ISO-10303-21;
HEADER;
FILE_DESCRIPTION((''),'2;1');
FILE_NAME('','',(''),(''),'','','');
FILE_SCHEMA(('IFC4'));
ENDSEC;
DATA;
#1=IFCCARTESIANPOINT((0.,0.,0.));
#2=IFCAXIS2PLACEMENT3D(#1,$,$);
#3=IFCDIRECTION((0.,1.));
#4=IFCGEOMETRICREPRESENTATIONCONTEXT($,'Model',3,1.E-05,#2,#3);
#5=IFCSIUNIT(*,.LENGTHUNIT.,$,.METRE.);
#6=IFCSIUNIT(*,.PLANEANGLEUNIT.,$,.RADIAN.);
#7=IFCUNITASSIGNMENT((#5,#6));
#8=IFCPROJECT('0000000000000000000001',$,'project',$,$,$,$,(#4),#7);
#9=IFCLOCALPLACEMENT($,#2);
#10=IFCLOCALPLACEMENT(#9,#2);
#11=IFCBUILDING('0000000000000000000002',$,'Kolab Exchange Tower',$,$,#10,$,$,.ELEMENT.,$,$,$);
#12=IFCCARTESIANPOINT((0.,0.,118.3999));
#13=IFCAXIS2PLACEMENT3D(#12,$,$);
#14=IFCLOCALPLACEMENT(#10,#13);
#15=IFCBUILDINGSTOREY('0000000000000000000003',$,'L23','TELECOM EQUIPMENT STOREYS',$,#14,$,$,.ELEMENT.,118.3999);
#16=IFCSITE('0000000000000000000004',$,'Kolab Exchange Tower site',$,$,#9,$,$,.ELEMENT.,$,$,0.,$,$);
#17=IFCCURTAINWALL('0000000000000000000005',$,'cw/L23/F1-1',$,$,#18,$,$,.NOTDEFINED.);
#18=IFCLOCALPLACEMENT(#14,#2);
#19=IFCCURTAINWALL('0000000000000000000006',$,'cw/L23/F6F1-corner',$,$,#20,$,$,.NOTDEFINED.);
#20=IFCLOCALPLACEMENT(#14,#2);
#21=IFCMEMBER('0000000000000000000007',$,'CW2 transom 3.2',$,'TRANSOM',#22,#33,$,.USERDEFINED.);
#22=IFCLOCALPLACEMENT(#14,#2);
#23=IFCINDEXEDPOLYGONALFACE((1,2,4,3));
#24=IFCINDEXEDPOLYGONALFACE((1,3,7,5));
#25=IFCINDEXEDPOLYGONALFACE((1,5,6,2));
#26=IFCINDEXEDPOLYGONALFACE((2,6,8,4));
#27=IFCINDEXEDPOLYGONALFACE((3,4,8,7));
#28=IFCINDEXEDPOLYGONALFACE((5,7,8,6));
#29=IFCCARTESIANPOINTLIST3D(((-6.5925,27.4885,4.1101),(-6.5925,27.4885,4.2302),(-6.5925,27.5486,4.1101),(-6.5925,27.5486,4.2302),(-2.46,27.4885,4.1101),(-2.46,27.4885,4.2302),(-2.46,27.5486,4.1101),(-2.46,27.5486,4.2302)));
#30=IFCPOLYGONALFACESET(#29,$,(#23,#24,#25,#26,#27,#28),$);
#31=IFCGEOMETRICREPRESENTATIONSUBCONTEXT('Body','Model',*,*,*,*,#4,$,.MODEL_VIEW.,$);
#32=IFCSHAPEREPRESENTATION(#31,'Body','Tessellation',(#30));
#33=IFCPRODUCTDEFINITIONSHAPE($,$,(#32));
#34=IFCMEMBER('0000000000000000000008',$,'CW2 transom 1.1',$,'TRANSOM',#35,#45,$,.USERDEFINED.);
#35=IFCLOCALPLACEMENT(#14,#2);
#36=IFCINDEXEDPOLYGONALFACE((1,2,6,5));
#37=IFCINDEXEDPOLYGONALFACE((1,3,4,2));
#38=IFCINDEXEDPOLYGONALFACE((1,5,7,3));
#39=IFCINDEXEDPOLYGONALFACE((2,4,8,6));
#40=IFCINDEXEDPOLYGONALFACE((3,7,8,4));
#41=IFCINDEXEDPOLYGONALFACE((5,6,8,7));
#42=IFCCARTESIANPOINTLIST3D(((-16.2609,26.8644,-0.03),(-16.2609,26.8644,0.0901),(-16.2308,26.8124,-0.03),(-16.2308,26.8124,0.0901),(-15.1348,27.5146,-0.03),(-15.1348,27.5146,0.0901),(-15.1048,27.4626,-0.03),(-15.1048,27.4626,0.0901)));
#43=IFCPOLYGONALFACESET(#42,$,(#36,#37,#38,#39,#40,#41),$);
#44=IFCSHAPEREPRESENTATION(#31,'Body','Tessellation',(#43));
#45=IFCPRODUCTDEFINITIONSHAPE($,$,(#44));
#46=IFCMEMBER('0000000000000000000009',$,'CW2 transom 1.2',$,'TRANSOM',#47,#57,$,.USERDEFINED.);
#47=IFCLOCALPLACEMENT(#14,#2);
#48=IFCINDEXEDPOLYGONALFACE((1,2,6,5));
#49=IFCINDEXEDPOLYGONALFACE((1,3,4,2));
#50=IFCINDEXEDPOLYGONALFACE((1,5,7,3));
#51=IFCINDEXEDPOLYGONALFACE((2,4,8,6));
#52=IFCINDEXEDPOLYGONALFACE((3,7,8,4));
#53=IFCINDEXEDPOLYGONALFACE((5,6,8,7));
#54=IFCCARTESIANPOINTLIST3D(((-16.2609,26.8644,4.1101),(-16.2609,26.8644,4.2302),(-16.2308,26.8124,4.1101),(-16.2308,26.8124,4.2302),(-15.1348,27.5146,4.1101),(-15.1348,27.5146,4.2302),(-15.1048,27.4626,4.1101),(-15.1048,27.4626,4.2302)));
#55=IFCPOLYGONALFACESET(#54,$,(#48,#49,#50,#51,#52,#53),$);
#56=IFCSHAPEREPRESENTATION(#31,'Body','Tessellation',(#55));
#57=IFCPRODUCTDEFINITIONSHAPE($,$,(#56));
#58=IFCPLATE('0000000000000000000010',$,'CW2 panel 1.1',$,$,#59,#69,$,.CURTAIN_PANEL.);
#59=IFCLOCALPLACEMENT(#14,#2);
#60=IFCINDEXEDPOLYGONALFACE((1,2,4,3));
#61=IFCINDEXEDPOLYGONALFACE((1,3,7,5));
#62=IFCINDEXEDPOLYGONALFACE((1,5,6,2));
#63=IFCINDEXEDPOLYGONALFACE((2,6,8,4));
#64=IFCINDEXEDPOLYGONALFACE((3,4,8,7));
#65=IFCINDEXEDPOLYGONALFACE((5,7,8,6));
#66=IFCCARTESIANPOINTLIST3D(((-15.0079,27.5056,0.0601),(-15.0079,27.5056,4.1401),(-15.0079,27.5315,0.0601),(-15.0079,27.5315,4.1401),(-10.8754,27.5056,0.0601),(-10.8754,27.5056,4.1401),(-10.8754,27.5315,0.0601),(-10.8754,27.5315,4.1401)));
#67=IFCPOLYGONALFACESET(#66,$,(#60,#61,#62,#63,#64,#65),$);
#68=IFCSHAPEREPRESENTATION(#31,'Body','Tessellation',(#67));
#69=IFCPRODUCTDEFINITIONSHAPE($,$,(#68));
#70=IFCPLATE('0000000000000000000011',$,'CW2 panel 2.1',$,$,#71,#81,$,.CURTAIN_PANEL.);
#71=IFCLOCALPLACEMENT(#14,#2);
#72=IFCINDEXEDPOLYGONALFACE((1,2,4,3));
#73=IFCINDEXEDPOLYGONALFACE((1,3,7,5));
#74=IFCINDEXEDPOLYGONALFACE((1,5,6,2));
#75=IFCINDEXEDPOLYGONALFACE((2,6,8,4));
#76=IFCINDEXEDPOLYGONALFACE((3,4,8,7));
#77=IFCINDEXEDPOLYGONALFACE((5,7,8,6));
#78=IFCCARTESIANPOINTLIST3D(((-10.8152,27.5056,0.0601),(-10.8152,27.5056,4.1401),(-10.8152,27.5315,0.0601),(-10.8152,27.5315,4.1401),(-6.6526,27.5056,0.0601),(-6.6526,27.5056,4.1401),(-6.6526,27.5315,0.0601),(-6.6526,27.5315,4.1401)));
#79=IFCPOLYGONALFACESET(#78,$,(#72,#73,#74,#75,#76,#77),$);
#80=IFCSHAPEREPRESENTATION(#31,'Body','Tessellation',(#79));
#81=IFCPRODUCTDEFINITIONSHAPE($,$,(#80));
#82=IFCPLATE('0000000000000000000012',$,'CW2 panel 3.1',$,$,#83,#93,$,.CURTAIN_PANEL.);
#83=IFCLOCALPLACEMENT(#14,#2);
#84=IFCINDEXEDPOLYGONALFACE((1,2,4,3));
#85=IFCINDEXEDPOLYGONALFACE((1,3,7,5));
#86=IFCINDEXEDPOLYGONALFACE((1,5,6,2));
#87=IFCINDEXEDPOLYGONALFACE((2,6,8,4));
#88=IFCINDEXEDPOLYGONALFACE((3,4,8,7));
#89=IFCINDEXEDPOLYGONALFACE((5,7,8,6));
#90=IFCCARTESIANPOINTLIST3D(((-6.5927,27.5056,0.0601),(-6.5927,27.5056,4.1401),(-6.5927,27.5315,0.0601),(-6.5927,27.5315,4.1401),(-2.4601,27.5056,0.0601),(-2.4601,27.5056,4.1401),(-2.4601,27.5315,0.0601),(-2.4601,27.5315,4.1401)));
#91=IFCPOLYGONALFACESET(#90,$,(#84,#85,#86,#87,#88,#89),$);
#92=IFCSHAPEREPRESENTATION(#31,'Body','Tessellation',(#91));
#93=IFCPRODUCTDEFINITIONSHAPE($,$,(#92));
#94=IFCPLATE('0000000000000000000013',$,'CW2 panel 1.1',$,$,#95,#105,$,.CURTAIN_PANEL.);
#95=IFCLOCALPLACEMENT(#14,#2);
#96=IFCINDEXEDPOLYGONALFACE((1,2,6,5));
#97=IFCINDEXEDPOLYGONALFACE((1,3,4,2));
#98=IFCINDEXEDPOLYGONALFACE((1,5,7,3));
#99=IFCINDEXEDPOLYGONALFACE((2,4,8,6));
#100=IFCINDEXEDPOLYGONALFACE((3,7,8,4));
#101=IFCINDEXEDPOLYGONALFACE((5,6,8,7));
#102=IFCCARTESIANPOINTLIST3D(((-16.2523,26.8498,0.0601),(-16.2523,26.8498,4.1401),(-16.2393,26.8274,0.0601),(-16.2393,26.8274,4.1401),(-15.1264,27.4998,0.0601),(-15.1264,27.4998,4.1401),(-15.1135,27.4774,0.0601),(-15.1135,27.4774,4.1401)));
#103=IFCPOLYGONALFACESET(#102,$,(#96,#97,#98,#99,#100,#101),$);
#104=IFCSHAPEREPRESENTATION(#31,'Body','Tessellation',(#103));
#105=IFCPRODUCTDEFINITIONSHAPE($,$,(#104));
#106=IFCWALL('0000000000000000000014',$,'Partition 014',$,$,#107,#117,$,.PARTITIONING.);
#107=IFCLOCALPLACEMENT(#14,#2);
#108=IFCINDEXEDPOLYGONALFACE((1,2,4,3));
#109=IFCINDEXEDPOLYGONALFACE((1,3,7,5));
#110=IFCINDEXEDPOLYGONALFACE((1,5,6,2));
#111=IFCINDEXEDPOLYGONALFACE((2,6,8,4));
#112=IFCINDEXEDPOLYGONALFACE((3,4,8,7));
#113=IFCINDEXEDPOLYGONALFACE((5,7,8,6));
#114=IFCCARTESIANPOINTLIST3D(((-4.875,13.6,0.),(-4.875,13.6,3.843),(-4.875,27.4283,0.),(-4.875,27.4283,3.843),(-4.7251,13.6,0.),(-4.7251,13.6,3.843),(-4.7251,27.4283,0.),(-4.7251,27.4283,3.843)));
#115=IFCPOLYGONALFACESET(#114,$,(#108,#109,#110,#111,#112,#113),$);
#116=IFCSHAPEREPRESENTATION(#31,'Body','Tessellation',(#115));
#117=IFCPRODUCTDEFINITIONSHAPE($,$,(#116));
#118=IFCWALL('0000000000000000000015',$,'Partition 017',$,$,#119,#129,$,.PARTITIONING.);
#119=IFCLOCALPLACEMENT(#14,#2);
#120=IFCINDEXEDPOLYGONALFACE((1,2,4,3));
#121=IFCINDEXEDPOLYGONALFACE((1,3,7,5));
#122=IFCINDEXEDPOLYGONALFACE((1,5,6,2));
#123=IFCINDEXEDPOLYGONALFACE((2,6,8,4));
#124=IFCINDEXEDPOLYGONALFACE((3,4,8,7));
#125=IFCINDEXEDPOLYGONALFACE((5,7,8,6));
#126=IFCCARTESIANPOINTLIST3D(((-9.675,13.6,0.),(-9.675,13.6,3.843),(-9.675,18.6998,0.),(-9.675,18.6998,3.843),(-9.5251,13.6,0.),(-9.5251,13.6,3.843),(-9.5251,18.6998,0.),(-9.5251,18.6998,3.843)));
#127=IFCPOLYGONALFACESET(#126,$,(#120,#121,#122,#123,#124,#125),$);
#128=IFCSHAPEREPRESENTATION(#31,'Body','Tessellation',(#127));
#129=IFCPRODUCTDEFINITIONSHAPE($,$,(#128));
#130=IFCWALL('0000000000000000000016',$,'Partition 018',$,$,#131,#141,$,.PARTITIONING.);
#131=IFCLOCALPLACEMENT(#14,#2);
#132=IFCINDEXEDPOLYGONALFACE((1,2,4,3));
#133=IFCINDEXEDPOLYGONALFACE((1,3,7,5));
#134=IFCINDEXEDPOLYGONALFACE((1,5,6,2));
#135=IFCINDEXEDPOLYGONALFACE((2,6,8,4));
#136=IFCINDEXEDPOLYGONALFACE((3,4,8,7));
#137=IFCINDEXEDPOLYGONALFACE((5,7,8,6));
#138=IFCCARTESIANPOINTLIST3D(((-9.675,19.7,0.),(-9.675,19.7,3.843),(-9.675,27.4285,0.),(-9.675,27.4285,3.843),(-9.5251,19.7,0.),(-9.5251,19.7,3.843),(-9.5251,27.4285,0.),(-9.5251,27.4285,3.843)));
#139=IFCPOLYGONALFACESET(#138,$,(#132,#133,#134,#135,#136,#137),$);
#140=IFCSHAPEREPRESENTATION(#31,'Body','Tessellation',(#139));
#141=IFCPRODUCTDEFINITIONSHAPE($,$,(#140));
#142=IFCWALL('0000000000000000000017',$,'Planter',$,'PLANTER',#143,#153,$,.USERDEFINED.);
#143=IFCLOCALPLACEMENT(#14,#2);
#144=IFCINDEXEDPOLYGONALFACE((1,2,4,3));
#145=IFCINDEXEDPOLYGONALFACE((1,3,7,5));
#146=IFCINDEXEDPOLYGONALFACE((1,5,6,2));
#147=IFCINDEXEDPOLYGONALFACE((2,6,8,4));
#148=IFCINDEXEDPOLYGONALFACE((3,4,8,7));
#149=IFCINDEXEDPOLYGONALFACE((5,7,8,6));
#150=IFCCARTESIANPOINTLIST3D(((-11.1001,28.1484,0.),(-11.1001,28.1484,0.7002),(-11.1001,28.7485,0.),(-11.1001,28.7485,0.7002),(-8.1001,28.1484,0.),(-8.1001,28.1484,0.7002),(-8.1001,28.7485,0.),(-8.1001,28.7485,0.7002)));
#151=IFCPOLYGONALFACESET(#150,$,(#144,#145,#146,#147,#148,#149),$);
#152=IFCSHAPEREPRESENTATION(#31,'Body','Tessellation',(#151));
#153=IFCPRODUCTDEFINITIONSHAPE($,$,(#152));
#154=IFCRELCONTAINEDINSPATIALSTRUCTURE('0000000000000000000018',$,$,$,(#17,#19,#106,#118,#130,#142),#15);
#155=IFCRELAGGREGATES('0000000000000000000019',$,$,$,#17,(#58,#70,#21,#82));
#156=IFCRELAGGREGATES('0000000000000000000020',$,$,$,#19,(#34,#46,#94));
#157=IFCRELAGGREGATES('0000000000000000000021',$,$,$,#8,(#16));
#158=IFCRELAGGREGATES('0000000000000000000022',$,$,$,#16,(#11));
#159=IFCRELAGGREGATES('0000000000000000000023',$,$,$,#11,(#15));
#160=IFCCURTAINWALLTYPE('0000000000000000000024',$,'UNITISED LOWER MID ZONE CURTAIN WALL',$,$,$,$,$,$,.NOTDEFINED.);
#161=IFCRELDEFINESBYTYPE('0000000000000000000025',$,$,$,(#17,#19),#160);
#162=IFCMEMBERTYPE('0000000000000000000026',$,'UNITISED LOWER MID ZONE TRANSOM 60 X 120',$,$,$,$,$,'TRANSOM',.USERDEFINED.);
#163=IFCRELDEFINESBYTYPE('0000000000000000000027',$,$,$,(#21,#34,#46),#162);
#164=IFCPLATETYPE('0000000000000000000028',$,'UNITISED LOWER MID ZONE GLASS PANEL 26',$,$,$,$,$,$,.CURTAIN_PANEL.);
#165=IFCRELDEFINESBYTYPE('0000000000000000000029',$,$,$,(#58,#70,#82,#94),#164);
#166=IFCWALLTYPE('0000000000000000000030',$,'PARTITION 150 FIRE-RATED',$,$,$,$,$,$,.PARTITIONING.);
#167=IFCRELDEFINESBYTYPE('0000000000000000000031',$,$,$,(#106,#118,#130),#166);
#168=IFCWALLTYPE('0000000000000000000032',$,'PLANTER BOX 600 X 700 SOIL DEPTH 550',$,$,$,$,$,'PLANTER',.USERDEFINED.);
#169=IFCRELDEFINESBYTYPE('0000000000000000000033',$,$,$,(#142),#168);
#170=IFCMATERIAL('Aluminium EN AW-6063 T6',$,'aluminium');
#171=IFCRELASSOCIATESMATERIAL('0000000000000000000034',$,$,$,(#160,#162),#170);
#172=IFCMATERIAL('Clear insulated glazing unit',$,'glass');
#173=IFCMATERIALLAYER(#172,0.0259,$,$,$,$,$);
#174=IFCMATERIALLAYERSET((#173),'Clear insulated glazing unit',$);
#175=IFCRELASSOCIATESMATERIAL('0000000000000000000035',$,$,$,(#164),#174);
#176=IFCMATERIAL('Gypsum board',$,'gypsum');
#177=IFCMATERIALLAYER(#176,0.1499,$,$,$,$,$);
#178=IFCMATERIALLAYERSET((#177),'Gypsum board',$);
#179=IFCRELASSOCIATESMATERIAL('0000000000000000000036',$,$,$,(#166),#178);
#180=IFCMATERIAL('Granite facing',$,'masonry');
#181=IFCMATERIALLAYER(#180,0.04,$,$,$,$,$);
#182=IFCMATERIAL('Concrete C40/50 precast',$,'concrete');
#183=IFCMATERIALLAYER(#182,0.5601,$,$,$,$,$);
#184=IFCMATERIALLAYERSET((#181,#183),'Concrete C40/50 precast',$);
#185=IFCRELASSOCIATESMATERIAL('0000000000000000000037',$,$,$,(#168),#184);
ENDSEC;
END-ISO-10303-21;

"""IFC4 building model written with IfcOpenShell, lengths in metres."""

from ifc_helpers import new_model, si_unit, direction, frame, frame_2d, origin, origin_2d, place, context, subcontext, project, spatial, rectangle, extrude, material, layer, layer_set, material_profile, profile_set, type_object, element, aggregate, save


model = new_model("IFC4")

# Units and contexts
model_context = context("Model", 3, precision=1e-05, world=origin(), true_north=direction((0.0, 1.0)))
body_context = subcontext(model_context, "Body", "Model", "MODEL_VIEW")
ifc_project = project(units=[si_unit("LENGTHUNIT", "METRE"), si_unit("PLANEANGLEUNIT", "RADIAN")], contexts=[model_context])

# Site, building, storey
site_placement = place(None, origin())
site = spatial("IfcSite", under=ifc_project, at=site_placement, Name="Kolab Exchange Tower site", CompositionType="ELEMENT", RefElevation=0.0)
building_placement = place(site_placement, origin())
building = spatial("IfcBuilding", under=site, at=building_placement, Name="Kolab Exchange Tower", CompositionType="ELEMENT")
storey_placement = place(building_placement, frame((0.0, 0.0, 118.3999)))
storey = spatial("IfcBuildingStorey", under=building, at=storey_placement, Name="L23", Description="TELECOM EQUIPMENT STOREYS", CompositionType="ELEMENT", Elevation=118.3999)

# Curtain walls
ifc_material_1 = material(Name="Aluminium EN AW-6063 T6", Category="aluminium")
curtain_wall_type = type_object("IfcCurtainWallType", Name="UNITISED LOWER MID ZONE CURTAIN WALL", PredefinedType="NOTDEFINED", material=ifc_material_1)
curtain_wall_1_placement = place(storey_placement, origin())
curtain_wall_1 = element("IfcCurtainWall", 1, at=curtain_wall_1_placement, inside=storey, type_object=curtain_wall_type, Name="cw/L23/F1-1", PredefinedType="NOTDEFINED")
curtain_wall_2_placement = place(storey_placement, origin())
curtain_wall_2 = element("IfcCurtainWall", 2, at=curtain_wall_2_placement, inside=storey, type_object=curtain_wall_type, Name="cw/L23/F6F1-corner", PredefinedType="NOTDEFINED")

# Members
ifc_material_profile_1 = material_profile(ifc_material_1, rectangle(XDim=0.0601, YDim=0.1201, at=origin_2d()), Name="RECT 60X120")
ifc_profile_set_1 = profile_set([ifc_material_profile_1], Name="Aluminium EN AW-6063 T6")
member_type_1 = type_object("IfcMemberType", Name="UNITISED LOWER MID ZONE TRANSOM 60 X 120", ElementType="TRANSOM", PredefinedType="USERDEFINED", material=ifc_profile_set_1)
member_1_placement = place(storey_placement, frame((-6.5925, 27.5186, 4.1702), z_axis=(1.0, 0.0, 0.0), x_axis=(0.0, 1.0, 0.0)))
member_1 = element("IfcMember", 3, at=member_1_placement, type_object=member_type_1, Name="CW2 transom 3.2", ObjectType="TRANSOM", PredefinedType="USERDEFINED", context=body_context, shape_type="SweptSolid", body=[
    extrude(rectangle(XDim=0.0601, YDim=0.1201, at=origin_2d()), origin(), (0.0, 0.0, 1.0), 4.1326),
])
member_2_placement = place(storey_placement, frame((-16.2458, 26.8384, 0.03), z_axis=(0.866004, 0.500037, 0.0), x_axis=(-0.500037, 0.866004, 0.0)))
member_2 = element("IfcMember", 4, at=member_2_placement, type_object=member_type_1, Name="CW2 transom 1.1", ObjectType="TRANSOM", PredefinedType="USERDEFINED", context=body_context, shape_type="SweptSolid", body=[
    extrude(rectangle(XDim=0.0601, YDim=0.1201, at=origin_2d()), origin(), (0.0, 0.0, 1.0), 1.3003),
])
member_3_placement = place(storey_placement, frame((-16.2458, 26.8384, 4.1702), z_axis=(0.866004, 0.500037, 0.0), x_axis=(-0.500037, 0.866004, 0.0)))
member_3 = element("IfcMember", 5, at=member_3_placement, type_object=member_type_1, Name="CW2 transom 1.2", ObjectType="TRANSOM", PredefinedType="USERDEFINED", context=body_context, shape_type="SweptSolid", body=[
    extrude(rectangle(XDim=0.0601, YDim=0.1201, at=origin_2d()), origin(), (0.0, 0.0, 1.0), 1.3003),
])

# Plates
ifc_material_2 = material(Name="Clear insulated glazing unit", Category="glass")
ifc_layer_1 = layer(ifc_material_2, 0.0259)
ifc_layer_set_1 = layer_set([ifc_layer_1], Name="Clear insulated glazing unit")
plate_type = type_object("IfcPlateType", Name="UNITISED LOWER MID ZONE GLASS PANEL 26", PredefinedType="CURTAIN_PANEL", material=ifc_layer_set_1)
plate_1_placement = place(storey_placement, frame((-12.9417, 27.5186, 0.0601), z_axis=(0.0, 0.0, 1.0), x_axis=(1.0, 0.0, 0.0)))
plate_1 = element("IfcPlate", 6, at=plate_1_placement, type_object=plate_type, Name="CW2 panel 1.1", PredefinedType="CURTAIN_PANEL", context=body_context, shape_type="SweptSolid", body=[
    extrude(rectangle(XDim=4.1326, YDim=0.0259, at=origin_2d()), origin(), (0.0, 0.0, 1.0), 4.0801),
])
plate_2_placement = place(storey_placement, frame((-8.7339, 27.5186, 0.0601), z_axis=(0.0, 0.0, 1.0), x_axis=(1.0, 0.0, 0.0)))
plate_2 = element("IfcPlate", 7, at=plate_2_placement, type_object=plate_type, Name="CW2 panel 2.1", PredefinedType="CURTAIN_PANEL", context=body_context, shape_type="SweptSolid", body=[
    extrude(rectangle(XDim=4.1626, YDim=0.0259, at=origin_2d()), origin(), (0.0, 0.0, 1.0), 4.0801),
])
plate_3_placement = place(storey_placement, frame((-4.5264, 27.5186, 0.0601), z_axis=(0.0, 0.0, 1.0), x_axis=(1.0, 0.0, 0.0)))
plate_3 = element("IfcPlate", 8, at=plate_3_placement, type_object=plate_type, Name="CW2 panel 3.1", PredefinedType="CURTAIN_PANEL", context=body_context, shape_type="SweptSolid", body=[
    extrude(rectangle(XDim=4.1326, YDim=0.0259, at=origin_2d()), origin(), (0.0, 0.0, 1.0), 4.0801),
])
aggregate(curtain_wall_1, [plate_1, plate_2, member_1, plate_3])
plate_4_placement = place(storey_placement, frame((-15.6829, 27.1636, 0.0601), z_axis=(0.0, 0.0, 1.0), x_axis=(0.866025, 0.5, 0.0)))
plate_4 = element("IfcPlate", 9, at=plate_4_placement, type_object=plate_type, Name="CW2 panel 1.1", PredefinedType="CURTAIN_PANEL", context=body_context, shape_type="SweptSolid", body=[
    extrude(rectangle(XDim=1.3, YDim=0.0259, at=origin_2d()), origin(), (0.0, 0.0, 1.0), 4.0801),
])
aggregate(curtain_wall_2, [member_2, member_3, plate_4])

# Walls
ifc_material_3 = material(Name="Gypsum board", Category="gypsum")
ifc_layer_2 = layer(ifc_material_3, 0.1499)
ifc_layer_set_2 = layer_set([ifc_layer_2], Name="Gypsum board")
wall_type_1 = type_object("IfcWallType", Name="PARTITION 150 FIRE-RATED", PredefinedType="PARTITIONING", material=ifc_layer_set_2)
wall_1_placement = place(storey_placement, frame((-4.8, 13.6001, 0.0), z_axis=(0.0, 0.0, 1.0), x_axis=(0.0, 1.0, 0.0)))
element("IfcWall", 10, at=wall_1_placement, inside=storey, type_object=wall_type_1, Name="Partition 014", PredefinedType="PARTITIONING", context=body_context, shape_type="SweptSolid", body=[
    extrude(rectangle(XDim=13.8284, YDim=0.1499, at=frame_2d((6.9141, 0.0))), origin(), (0.0, 0.0, 1.0), 3.843),
])
wall_2_placement = place(storey_placement, frame((-9.6001, 13.6001, 0.0), z_axis=(0.0, 0.0, 1.0), x_axis=(0.0, 1.0, 0.0)))
element("IfcWall", 11, at=wall_2_placement, inside=storey, type_object=wall_type_1, Name="Partition 017", PredefinedType="PARTITIONING", context=body_context, shape_type="SweptSolid", body=[
    extrude(rectangle(XDim=5.0999, YDim=0.1499, at=frame_2d((2.5498, 0.0))), origin(), (0.0, 0.0, 1.0), 3.843),
])
wall_3_placement = place(storey_placement, frame((-9.6001, 19.7, 0.0), z_axis=(0.0, 0.0, 1.0), x_axis=(0.0, 1.0, 0.0)))
element("IfcWall", 12, at=wall_3_placement, inside=storey, type_object=wall_type_1, Name="Partition 018", PredefinedType="PARTITIONING", context=body_context, shape_type="SweptSolid", body=[
    extrude(rectangle(XDim=7.7285, YDim=0.1499, at=frame_2d((3.8643, 0.0))), origin(), (0.0, 0.0, 1.0), 3.843),
])
ifc_material_4 = material(Name="Granite facing", Category="masonry")
ifc_layer_3 = layer(ifc_material_4, 0.04)
ifc_material_5 = material(Name="Concrete C40/50 precast", Category="concrete")
ifc_layer_4 = layer(ifc_material_5, 0.5601)
ifc_layer_set_3 = layer_set([ifc_layer_3, ifc_layer_4], Name="Concrete C40/50 precast")
wall_type_2 = type_object("IfcWallType", Name="PLANTER BOX 600 X 700 SOIL DEPTH 550", ElementType="PLANTER", PredefinedType="USERDEFINED", material=ifc_layer_set_3)
wall_4_placement = place(storey_placement, frame((-11.1001, 28.4485, 0.0), z_axis=(0.0, 0.0, 1.0), x_axis=(1.0, 0.0, 0.0)))
element("IfcWall", 13, at=wall_4_placement, inside=storey, type_object=wall_type_2, Name="Planter", ObjectType="PLANTER", PredefinedType="USERDEFINED", context=body_context, shape_type="SweptSolid", body=[
    extrude(rectangle(XDim=3.0, YDim=0.6001, at=frame_2d((1.5, 0.0))), origin(), (0.0, 0.0, 1.0), 0.7002),
])

save(model, "model.ifc")
